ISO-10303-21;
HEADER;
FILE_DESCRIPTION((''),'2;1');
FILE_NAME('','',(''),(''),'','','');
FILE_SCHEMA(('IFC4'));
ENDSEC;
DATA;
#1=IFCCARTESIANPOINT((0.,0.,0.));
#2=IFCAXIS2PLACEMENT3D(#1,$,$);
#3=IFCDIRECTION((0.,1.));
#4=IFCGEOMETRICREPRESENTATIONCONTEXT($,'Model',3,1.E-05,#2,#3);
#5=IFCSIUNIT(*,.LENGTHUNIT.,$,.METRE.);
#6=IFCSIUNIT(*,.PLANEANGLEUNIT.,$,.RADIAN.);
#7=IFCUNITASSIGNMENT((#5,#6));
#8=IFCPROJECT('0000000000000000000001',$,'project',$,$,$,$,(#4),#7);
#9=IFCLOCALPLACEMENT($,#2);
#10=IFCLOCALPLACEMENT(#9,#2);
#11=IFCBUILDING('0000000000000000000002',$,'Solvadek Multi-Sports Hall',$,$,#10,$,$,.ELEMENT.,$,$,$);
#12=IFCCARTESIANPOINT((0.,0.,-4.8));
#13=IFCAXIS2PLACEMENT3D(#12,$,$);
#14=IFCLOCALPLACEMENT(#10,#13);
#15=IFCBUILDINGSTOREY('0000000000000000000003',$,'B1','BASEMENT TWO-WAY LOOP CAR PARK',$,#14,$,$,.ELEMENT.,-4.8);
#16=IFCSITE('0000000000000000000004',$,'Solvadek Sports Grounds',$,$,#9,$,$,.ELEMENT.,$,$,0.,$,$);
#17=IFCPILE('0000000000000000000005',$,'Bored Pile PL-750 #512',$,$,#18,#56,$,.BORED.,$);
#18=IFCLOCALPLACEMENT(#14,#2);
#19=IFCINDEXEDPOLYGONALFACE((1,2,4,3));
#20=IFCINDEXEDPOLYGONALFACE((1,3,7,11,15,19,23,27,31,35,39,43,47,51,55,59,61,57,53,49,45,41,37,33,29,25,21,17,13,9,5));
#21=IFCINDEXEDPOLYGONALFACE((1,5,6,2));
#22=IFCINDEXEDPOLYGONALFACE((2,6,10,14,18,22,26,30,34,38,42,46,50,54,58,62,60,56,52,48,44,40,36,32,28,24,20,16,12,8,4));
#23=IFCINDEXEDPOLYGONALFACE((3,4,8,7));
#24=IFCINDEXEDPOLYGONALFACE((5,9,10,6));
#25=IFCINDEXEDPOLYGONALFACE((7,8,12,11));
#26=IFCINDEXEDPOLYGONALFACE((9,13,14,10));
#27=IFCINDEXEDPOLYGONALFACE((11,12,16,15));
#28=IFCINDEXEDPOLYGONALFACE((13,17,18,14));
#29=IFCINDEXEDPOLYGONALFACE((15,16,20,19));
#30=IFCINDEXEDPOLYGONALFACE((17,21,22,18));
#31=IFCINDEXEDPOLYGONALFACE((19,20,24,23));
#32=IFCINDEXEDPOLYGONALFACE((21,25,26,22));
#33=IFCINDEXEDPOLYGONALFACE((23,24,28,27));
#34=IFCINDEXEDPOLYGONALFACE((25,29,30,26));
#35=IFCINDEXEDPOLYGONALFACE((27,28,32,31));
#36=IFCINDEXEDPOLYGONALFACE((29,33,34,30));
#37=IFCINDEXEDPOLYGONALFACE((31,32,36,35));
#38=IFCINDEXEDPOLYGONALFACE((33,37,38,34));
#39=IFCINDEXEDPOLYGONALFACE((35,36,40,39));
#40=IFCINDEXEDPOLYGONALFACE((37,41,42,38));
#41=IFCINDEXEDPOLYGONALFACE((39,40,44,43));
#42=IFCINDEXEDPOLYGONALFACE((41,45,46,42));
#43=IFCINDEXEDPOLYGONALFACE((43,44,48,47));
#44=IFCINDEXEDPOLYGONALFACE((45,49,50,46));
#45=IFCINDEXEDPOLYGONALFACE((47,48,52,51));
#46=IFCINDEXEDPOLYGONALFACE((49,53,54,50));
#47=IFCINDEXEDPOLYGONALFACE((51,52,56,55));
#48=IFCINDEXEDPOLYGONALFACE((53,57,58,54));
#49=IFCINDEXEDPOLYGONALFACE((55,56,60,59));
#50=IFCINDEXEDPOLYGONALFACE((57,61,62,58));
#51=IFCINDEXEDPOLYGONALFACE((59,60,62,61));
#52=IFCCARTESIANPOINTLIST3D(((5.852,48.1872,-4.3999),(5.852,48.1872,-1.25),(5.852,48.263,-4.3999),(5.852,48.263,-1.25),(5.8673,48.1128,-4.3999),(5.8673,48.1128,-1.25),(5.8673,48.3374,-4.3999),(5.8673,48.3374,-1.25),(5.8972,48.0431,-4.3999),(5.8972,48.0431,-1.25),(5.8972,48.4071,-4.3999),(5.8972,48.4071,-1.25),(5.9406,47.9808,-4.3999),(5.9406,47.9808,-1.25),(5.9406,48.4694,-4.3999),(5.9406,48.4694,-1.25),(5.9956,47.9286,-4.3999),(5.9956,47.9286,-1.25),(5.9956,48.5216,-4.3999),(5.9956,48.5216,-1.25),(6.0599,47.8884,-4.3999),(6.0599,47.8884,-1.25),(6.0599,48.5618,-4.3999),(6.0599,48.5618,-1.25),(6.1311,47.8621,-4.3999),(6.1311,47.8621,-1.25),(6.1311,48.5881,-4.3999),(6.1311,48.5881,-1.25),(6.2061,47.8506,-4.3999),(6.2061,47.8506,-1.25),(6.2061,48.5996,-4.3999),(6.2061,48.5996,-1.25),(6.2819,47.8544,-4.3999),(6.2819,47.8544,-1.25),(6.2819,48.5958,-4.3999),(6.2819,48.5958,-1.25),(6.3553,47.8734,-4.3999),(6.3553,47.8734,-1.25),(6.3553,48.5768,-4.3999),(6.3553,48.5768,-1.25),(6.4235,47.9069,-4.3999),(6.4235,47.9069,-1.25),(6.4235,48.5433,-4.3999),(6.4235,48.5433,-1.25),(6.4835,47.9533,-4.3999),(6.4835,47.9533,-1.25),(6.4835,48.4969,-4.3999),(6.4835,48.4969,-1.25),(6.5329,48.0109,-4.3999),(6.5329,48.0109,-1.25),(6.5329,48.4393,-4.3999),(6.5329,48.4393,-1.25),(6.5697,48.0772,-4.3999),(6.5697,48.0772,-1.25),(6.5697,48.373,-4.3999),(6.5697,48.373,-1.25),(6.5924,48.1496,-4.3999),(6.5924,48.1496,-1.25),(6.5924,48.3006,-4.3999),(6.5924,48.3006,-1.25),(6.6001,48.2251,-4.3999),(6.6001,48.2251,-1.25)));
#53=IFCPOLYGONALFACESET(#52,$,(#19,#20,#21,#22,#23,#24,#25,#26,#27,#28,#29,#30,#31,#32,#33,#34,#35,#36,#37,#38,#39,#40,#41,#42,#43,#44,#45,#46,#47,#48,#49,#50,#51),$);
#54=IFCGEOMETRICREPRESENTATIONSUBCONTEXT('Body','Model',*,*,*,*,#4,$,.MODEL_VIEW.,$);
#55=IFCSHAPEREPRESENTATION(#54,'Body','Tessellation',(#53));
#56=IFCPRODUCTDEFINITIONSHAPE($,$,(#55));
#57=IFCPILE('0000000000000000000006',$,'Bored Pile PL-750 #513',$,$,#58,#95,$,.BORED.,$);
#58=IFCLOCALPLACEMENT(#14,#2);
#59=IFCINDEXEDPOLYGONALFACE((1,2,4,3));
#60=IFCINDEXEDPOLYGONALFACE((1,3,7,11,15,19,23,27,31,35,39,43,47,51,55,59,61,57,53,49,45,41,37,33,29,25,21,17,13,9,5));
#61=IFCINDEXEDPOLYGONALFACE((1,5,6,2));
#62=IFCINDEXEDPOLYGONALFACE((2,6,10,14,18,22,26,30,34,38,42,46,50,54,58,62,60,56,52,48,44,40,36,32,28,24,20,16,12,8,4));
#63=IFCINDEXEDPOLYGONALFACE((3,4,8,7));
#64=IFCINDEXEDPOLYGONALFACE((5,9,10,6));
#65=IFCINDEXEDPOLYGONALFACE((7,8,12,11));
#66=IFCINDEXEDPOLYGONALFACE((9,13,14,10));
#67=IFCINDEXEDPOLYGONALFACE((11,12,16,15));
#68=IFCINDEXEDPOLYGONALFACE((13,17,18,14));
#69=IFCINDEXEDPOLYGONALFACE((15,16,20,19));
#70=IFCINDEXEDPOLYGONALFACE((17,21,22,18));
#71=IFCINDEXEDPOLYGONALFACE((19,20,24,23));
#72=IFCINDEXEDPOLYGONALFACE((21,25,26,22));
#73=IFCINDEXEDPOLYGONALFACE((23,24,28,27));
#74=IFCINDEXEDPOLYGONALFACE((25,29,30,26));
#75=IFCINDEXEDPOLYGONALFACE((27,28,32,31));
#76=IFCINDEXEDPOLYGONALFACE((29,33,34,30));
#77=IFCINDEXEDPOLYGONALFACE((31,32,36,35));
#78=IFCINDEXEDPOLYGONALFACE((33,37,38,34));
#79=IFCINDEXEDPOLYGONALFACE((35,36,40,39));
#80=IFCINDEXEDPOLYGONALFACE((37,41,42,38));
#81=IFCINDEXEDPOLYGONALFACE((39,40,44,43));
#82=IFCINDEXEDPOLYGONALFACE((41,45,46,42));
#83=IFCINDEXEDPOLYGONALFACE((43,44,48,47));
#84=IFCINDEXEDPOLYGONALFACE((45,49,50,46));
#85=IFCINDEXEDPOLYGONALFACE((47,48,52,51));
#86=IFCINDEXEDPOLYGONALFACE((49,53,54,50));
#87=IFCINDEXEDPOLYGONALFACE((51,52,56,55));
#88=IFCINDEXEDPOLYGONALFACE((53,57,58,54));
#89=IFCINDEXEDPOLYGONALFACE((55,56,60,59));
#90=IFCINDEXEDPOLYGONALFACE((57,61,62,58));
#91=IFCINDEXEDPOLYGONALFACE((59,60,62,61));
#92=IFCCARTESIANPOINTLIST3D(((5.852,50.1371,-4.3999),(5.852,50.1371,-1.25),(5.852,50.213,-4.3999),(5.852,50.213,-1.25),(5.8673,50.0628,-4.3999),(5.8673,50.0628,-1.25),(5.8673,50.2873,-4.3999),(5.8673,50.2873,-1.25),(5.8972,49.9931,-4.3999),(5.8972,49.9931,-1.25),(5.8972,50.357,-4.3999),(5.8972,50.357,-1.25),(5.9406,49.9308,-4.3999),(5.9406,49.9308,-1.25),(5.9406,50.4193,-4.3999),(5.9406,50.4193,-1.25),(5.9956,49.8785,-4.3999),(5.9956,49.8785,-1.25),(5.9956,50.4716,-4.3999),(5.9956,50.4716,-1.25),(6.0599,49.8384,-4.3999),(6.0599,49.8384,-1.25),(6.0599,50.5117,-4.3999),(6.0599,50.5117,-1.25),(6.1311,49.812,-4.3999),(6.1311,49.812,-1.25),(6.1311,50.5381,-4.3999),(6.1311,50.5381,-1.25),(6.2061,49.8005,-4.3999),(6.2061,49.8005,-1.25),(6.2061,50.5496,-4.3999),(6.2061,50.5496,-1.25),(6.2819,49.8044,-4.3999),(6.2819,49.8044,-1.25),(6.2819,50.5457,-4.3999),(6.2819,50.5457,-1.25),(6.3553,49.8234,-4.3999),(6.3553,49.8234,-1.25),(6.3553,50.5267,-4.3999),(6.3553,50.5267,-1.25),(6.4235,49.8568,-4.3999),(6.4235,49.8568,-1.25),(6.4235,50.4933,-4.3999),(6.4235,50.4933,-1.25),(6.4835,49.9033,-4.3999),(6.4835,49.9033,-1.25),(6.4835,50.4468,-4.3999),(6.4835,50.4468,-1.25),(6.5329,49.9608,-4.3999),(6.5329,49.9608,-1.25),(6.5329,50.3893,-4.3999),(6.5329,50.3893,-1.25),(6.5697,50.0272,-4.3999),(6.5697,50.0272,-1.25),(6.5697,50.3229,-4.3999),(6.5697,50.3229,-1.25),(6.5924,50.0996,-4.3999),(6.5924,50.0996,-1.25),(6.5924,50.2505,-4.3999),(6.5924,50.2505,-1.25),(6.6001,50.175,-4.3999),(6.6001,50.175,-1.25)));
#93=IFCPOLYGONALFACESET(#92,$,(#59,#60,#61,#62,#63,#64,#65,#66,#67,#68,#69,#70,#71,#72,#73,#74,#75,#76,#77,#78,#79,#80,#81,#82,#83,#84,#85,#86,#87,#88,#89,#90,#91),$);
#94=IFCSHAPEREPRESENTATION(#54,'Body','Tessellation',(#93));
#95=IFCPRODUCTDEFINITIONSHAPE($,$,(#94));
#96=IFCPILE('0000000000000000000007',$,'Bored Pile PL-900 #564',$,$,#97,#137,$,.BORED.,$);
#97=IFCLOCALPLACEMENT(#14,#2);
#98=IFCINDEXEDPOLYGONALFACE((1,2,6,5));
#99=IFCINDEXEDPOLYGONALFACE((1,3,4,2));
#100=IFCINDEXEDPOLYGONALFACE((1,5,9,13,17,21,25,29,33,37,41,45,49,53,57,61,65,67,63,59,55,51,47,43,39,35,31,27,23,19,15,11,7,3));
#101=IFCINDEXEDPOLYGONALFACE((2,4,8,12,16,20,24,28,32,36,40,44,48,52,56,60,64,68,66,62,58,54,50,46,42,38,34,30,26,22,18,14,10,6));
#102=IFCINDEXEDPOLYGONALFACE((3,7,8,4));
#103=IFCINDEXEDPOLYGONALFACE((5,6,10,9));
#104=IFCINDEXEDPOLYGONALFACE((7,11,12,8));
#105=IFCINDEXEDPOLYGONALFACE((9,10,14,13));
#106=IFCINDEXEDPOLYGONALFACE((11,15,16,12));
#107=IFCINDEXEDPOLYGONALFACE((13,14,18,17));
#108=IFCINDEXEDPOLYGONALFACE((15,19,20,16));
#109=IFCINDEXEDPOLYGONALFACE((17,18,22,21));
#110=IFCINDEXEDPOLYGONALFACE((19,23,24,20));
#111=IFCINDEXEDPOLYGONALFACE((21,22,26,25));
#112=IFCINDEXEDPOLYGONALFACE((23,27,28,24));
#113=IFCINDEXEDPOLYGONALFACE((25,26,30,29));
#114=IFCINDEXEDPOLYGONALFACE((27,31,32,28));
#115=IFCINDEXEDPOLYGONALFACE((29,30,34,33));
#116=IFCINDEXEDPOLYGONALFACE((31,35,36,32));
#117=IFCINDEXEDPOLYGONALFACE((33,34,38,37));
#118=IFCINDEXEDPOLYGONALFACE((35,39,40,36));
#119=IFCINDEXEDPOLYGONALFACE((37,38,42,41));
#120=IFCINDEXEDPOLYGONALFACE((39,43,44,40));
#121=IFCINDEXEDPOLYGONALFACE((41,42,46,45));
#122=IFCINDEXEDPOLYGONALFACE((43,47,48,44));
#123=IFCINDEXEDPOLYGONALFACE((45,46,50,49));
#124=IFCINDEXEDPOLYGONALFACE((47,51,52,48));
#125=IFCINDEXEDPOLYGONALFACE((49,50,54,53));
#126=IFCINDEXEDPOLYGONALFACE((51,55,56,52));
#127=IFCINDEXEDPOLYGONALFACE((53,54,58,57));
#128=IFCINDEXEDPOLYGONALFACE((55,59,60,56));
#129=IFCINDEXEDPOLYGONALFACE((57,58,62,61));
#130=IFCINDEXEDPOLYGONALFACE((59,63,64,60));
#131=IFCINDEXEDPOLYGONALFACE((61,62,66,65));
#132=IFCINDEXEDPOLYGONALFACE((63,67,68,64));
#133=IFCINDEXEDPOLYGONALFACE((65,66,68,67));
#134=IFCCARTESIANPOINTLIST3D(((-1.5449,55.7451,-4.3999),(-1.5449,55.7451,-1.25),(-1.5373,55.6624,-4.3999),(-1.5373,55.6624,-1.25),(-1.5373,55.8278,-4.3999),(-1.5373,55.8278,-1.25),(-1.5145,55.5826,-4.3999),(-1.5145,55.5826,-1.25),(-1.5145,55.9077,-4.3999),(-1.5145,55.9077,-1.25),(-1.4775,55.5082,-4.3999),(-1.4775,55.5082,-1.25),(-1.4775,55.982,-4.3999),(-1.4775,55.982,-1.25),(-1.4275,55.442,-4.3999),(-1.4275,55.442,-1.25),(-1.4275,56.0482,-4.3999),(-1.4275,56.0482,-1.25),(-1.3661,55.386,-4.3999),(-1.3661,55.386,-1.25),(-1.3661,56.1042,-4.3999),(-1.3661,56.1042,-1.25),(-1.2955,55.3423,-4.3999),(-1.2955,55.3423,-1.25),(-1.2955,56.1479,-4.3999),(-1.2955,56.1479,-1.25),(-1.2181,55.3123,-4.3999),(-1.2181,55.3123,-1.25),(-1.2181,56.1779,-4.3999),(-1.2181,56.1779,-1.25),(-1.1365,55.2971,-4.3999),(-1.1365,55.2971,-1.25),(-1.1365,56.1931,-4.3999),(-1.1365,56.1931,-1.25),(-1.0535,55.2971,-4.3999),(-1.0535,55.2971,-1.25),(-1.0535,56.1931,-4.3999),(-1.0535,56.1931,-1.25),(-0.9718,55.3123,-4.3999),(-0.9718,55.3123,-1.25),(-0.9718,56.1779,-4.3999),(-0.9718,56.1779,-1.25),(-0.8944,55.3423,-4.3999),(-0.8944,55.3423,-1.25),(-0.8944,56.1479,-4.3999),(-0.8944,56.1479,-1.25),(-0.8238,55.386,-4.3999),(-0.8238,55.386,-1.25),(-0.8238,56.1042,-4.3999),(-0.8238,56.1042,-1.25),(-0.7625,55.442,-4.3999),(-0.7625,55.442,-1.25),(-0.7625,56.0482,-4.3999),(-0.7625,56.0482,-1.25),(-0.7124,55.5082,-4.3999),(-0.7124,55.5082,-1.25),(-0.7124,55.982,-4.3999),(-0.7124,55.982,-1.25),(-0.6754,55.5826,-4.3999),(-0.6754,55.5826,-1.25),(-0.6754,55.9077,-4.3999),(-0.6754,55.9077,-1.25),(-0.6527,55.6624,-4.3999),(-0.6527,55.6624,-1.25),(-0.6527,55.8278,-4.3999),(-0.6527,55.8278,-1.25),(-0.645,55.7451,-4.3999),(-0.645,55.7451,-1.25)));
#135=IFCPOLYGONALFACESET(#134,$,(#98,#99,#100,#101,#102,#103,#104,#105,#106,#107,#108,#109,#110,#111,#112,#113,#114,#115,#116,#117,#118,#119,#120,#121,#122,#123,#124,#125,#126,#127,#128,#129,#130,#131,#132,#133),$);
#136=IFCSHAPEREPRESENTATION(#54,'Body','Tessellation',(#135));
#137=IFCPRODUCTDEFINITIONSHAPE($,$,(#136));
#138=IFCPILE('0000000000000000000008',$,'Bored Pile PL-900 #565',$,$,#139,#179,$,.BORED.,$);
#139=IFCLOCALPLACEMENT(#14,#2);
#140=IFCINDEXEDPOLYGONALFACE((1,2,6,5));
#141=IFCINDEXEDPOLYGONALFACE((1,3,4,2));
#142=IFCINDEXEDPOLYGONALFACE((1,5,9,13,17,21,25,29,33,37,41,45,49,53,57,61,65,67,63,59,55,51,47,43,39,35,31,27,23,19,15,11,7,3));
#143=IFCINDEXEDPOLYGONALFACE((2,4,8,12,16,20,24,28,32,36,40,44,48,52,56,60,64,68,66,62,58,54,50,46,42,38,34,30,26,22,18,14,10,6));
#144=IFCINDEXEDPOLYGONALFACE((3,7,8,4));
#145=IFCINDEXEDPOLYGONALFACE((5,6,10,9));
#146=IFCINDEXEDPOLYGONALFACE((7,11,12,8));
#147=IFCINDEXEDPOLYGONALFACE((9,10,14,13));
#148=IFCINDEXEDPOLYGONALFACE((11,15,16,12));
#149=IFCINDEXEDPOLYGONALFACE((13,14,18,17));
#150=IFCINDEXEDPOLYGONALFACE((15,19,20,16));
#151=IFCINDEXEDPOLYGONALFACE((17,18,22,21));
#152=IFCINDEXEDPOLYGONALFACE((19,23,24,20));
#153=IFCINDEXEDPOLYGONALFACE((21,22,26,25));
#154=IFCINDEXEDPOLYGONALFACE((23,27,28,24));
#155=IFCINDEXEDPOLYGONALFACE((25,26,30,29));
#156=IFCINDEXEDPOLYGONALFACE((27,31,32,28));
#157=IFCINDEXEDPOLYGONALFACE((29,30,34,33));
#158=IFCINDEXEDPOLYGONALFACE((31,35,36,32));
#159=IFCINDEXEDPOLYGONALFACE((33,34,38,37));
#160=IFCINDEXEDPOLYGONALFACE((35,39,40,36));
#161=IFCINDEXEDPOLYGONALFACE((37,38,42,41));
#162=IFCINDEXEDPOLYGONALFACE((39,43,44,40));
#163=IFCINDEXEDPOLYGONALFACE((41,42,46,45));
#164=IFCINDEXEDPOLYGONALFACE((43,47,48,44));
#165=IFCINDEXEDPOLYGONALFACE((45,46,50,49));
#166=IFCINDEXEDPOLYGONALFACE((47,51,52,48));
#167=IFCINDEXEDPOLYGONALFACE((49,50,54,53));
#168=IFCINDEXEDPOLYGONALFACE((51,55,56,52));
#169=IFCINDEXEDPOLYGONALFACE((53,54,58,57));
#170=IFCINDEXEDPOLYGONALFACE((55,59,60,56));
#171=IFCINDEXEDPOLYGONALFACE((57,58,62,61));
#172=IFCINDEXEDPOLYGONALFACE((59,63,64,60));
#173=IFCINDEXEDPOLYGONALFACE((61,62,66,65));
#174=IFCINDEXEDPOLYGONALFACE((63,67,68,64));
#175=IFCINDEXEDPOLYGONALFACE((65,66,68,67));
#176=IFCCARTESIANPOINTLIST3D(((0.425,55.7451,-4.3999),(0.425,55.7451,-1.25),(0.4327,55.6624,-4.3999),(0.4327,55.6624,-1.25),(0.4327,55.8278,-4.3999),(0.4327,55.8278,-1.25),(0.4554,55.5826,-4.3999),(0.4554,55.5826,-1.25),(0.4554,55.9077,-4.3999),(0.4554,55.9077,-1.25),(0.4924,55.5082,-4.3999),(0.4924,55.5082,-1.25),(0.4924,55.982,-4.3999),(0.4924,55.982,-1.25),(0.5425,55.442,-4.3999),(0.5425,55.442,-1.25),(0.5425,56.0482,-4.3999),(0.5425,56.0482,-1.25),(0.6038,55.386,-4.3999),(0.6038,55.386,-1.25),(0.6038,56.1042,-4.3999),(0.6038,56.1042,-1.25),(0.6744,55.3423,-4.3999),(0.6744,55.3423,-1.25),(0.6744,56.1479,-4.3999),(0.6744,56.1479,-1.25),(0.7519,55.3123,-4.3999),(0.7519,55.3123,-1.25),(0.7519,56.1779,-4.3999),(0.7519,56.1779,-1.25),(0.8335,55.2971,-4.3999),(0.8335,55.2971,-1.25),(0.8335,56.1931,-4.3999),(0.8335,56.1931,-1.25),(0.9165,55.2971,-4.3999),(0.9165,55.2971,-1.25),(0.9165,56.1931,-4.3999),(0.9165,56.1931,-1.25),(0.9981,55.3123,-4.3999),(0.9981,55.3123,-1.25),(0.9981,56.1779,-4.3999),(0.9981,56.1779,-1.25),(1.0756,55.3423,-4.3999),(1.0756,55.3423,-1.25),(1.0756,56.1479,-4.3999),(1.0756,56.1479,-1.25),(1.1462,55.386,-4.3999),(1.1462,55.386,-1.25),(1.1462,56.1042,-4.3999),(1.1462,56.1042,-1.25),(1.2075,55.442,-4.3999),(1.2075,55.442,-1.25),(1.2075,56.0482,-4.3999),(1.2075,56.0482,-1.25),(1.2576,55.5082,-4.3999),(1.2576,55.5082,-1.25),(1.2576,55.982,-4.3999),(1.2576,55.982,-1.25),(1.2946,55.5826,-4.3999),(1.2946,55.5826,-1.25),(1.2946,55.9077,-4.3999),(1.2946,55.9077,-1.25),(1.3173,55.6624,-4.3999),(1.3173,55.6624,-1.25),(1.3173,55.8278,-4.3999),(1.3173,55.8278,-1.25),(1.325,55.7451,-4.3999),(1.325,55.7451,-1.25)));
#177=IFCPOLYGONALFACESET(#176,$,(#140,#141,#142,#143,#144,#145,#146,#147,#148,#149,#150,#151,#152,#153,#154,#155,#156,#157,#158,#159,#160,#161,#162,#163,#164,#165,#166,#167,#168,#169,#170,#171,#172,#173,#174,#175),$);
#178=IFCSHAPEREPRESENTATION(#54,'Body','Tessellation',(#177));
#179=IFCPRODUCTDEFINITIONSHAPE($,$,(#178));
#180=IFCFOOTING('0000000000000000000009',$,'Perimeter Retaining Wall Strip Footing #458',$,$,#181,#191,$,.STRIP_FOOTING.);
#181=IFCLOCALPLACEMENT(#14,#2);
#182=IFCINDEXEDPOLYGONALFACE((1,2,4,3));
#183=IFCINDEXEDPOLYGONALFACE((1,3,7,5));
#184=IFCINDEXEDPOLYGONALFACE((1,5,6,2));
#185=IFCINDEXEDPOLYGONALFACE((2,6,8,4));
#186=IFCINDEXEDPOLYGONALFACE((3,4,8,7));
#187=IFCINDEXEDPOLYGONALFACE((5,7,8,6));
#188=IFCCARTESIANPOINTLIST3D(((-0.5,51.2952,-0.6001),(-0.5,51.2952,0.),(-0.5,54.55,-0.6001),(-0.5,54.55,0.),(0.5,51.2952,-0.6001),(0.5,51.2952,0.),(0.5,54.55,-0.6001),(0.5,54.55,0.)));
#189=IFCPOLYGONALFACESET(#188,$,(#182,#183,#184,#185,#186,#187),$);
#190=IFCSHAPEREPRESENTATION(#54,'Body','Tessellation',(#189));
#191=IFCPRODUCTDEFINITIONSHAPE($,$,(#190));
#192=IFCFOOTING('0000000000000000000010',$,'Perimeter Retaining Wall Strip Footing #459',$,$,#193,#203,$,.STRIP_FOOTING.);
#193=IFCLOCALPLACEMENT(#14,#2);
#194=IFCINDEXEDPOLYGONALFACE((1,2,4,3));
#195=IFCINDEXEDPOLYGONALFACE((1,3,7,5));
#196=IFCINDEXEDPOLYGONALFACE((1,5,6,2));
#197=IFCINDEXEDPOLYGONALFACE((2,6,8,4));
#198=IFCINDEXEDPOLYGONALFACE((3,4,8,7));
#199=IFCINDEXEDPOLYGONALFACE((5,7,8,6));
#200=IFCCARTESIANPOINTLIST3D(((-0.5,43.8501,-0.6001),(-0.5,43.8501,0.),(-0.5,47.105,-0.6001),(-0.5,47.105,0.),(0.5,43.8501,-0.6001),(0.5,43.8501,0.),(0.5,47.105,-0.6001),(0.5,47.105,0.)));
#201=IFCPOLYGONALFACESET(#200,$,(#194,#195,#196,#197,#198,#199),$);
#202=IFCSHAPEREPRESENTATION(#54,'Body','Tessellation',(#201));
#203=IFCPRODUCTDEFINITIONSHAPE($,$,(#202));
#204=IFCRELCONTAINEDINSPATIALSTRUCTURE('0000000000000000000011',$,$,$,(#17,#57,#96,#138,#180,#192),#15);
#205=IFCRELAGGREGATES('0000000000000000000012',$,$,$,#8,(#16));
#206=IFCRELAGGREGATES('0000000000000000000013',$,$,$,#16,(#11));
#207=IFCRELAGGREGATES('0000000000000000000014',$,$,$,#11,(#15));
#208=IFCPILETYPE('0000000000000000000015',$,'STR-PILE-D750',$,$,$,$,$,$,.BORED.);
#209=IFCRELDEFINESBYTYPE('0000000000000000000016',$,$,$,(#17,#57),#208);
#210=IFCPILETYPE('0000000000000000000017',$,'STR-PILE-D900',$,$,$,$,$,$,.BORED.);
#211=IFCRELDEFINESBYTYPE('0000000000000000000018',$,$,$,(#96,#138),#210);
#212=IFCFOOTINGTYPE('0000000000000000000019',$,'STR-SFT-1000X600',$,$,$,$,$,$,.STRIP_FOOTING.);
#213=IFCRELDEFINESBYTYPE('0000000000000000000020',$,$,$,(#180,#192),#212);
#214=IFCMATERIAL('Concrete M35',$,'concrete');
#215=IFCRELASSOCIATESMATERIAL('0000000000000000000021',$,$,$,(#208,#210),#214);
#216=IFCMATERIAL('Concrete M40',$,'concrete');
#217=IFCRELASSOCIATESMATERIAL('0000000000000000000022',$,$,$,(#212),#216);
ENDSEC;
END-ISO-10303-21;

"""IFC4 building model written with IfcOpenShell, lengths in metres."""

from ifc_helpers import new_model, si_unit, direction, frame, origin, origin_2d, place, context, subcontext, project, spatial, rectangle, circle, extrude, material, material_profile, profile_set, type_object, element, save


model = new_model("IFC4")

# Units and contexts
model_context = context("Model", 3, precision=1e-05, world=origin(), true_north=direction((0.0, 1.0)))
body_context = subcontext(model_context, "Body", "Model", "MODEL_VIEW")
ifc_project = project(units=[si_unit("LENGTHUNIT", "METRE"), si_unit("PLANEANGLEUNIT", "RADIAN")], contexts=[model_context])

# Site, building, storey
site_placement = place(None, origin())
site = spatial("IfcSite", under=ifc_project, at=site_placement, Name="Solvadek Sports Grounds", CompositionType="ELEMENT", RefElevation=0.0)
building_placement = place(site_placement, origin())
building = spatial("IfcBuilding", under=site, at=building_placement, Name="Solvadek Multi-Sports Hall", CompositionType="ELEMENT")
storey_placement = place(building_placement, frame((0.0, 0.0, -4.8)))
storey = spatial("IfcBuildingStorey", under=building, at=storey_placement, Name="B1", Description="BASEMENT TWO-WAY LOOP CAR PARK", CompositionType="ELEMENT", Elevation=-4.8)

# Shared definitions
ifc_material_1 = material(Name="Concrete M40", Category="concrete")

# Piles
ifc_material_2 = material(Name="Concrete M35", Category="concrete")
ifc_material_profile_1 = material_profile(ifc_material_2, circle(Radius=0.375, at=origin_2d()), Name="BORED PILE D750")
ifc_profile_set_1 = profile_set([ifc_material_profile_1], Name="Concrete M35")
pile_type_1 = type_object("IfcPileType", Name="STR-PILE-D750", PredefinedType="BORED", material=ifc_profile_set_1)
for number, where, z_axis, x_axis, name in (
    (1, (6.2251, 48.2251, -1.25), (0.0, 0.0, -1.0), (1.0, 0.0, 0.0), "Bored Pile PL-750 #512"),
    (2, (6.2251, 50.175, -1.25), (0.0, 0.0, -1.0), (1.0, 0.0, 0.0), "Bored Pile PL-750 #513"),
):
    element("IfcPile", number, at=place(storey_placement, frame(where, z_axis=z_axis, x_axis=x_axis)), inside=storey, type_object=pile_type_1, Name=name, PredefinedType="BORED", context=body_context, shape_type="SweptSolid", body=[
        extrude(circle(Radius=0.375, at=origin_2d()), origin(), (0.0, 0.0, 1.0), 3.1499),
    ])
ifc_material_profile_2 = material_profile(ifc_material_2, circle(Radius=0.45, at=origin_2d()), Name="BORED PILE D900")
ifc_profile_set_2 = profile_set([ifc_material_profile_2], Name="Concrete M35")
pile_type_2 = type_object("IfcPileType", Name="STR-PILE-D900", PredefinedType="BORED", material=ifc_profile_set_2)
for number, where, z_axis, x_axis, name in (
    (3, (-1.095, 55.7451, -1.25), (0.0, 0.0, -1.0), (1.0, 0.0, 0.0), "Bored Pile PL-900 #564"),
    (4, (0.875, 55.7451, -1.25), (0.0, 0.0, -1.0), (1.0, 0.0, 0.0), "Bored Pile PL-900 #565"),
):
    element("IfcPile", number, at=place(storey_placement, frame(where, z_axis=z_axis, x_axis=x_axis)), inside=storey, type_object=pile_type_2, Name=name, PredefinedType="BORED", context=body_context, shape_type="SweptSolid", body=[
        extrude(circle(Radius=0.45, at=origin_2d()), origin(), (0.0, 0.0, 1.0), 3.1499),
    ])

# Footings
footing_type_1 = type_object("IfcFootingType", Name="STR-SFT-1000X600", PredefinedType="STRIP_FOOTING", material=ifc_material_1)
for number, where, z_axis, x_axis, name in (
    (5, (0.0, 52.9226, -0.6001), (0.0, 0.0, 1.0), (0.0, -1.0, 0.0), "Perimeter Retaining Wall Strip Footing #458"),
    (6, (0.0, 45.4775, -0.6001), (0.0, 0.0, 1.0), (0.0, -1.0, 0.0), "Perimeter Retaining Wall Strip Footing #459"),
):
    element("IfcFooting", number, at=place(storey_placement, frame(where, z_axis=z_axis, x_axis=x_axis)), inside=storey, type_object=footing_type_1, Name=name, PredefinedType="STRIP_FOOTING", context=body_context, shape_type="SweptSolid", body=[
        extrude(rectangle(XDim=3.2549, YDim=1.0, at=origin_2d()), origin(), (0.0, 0.0, 1.0), 0.6001),
    ])

save(model, "model.ifc")
